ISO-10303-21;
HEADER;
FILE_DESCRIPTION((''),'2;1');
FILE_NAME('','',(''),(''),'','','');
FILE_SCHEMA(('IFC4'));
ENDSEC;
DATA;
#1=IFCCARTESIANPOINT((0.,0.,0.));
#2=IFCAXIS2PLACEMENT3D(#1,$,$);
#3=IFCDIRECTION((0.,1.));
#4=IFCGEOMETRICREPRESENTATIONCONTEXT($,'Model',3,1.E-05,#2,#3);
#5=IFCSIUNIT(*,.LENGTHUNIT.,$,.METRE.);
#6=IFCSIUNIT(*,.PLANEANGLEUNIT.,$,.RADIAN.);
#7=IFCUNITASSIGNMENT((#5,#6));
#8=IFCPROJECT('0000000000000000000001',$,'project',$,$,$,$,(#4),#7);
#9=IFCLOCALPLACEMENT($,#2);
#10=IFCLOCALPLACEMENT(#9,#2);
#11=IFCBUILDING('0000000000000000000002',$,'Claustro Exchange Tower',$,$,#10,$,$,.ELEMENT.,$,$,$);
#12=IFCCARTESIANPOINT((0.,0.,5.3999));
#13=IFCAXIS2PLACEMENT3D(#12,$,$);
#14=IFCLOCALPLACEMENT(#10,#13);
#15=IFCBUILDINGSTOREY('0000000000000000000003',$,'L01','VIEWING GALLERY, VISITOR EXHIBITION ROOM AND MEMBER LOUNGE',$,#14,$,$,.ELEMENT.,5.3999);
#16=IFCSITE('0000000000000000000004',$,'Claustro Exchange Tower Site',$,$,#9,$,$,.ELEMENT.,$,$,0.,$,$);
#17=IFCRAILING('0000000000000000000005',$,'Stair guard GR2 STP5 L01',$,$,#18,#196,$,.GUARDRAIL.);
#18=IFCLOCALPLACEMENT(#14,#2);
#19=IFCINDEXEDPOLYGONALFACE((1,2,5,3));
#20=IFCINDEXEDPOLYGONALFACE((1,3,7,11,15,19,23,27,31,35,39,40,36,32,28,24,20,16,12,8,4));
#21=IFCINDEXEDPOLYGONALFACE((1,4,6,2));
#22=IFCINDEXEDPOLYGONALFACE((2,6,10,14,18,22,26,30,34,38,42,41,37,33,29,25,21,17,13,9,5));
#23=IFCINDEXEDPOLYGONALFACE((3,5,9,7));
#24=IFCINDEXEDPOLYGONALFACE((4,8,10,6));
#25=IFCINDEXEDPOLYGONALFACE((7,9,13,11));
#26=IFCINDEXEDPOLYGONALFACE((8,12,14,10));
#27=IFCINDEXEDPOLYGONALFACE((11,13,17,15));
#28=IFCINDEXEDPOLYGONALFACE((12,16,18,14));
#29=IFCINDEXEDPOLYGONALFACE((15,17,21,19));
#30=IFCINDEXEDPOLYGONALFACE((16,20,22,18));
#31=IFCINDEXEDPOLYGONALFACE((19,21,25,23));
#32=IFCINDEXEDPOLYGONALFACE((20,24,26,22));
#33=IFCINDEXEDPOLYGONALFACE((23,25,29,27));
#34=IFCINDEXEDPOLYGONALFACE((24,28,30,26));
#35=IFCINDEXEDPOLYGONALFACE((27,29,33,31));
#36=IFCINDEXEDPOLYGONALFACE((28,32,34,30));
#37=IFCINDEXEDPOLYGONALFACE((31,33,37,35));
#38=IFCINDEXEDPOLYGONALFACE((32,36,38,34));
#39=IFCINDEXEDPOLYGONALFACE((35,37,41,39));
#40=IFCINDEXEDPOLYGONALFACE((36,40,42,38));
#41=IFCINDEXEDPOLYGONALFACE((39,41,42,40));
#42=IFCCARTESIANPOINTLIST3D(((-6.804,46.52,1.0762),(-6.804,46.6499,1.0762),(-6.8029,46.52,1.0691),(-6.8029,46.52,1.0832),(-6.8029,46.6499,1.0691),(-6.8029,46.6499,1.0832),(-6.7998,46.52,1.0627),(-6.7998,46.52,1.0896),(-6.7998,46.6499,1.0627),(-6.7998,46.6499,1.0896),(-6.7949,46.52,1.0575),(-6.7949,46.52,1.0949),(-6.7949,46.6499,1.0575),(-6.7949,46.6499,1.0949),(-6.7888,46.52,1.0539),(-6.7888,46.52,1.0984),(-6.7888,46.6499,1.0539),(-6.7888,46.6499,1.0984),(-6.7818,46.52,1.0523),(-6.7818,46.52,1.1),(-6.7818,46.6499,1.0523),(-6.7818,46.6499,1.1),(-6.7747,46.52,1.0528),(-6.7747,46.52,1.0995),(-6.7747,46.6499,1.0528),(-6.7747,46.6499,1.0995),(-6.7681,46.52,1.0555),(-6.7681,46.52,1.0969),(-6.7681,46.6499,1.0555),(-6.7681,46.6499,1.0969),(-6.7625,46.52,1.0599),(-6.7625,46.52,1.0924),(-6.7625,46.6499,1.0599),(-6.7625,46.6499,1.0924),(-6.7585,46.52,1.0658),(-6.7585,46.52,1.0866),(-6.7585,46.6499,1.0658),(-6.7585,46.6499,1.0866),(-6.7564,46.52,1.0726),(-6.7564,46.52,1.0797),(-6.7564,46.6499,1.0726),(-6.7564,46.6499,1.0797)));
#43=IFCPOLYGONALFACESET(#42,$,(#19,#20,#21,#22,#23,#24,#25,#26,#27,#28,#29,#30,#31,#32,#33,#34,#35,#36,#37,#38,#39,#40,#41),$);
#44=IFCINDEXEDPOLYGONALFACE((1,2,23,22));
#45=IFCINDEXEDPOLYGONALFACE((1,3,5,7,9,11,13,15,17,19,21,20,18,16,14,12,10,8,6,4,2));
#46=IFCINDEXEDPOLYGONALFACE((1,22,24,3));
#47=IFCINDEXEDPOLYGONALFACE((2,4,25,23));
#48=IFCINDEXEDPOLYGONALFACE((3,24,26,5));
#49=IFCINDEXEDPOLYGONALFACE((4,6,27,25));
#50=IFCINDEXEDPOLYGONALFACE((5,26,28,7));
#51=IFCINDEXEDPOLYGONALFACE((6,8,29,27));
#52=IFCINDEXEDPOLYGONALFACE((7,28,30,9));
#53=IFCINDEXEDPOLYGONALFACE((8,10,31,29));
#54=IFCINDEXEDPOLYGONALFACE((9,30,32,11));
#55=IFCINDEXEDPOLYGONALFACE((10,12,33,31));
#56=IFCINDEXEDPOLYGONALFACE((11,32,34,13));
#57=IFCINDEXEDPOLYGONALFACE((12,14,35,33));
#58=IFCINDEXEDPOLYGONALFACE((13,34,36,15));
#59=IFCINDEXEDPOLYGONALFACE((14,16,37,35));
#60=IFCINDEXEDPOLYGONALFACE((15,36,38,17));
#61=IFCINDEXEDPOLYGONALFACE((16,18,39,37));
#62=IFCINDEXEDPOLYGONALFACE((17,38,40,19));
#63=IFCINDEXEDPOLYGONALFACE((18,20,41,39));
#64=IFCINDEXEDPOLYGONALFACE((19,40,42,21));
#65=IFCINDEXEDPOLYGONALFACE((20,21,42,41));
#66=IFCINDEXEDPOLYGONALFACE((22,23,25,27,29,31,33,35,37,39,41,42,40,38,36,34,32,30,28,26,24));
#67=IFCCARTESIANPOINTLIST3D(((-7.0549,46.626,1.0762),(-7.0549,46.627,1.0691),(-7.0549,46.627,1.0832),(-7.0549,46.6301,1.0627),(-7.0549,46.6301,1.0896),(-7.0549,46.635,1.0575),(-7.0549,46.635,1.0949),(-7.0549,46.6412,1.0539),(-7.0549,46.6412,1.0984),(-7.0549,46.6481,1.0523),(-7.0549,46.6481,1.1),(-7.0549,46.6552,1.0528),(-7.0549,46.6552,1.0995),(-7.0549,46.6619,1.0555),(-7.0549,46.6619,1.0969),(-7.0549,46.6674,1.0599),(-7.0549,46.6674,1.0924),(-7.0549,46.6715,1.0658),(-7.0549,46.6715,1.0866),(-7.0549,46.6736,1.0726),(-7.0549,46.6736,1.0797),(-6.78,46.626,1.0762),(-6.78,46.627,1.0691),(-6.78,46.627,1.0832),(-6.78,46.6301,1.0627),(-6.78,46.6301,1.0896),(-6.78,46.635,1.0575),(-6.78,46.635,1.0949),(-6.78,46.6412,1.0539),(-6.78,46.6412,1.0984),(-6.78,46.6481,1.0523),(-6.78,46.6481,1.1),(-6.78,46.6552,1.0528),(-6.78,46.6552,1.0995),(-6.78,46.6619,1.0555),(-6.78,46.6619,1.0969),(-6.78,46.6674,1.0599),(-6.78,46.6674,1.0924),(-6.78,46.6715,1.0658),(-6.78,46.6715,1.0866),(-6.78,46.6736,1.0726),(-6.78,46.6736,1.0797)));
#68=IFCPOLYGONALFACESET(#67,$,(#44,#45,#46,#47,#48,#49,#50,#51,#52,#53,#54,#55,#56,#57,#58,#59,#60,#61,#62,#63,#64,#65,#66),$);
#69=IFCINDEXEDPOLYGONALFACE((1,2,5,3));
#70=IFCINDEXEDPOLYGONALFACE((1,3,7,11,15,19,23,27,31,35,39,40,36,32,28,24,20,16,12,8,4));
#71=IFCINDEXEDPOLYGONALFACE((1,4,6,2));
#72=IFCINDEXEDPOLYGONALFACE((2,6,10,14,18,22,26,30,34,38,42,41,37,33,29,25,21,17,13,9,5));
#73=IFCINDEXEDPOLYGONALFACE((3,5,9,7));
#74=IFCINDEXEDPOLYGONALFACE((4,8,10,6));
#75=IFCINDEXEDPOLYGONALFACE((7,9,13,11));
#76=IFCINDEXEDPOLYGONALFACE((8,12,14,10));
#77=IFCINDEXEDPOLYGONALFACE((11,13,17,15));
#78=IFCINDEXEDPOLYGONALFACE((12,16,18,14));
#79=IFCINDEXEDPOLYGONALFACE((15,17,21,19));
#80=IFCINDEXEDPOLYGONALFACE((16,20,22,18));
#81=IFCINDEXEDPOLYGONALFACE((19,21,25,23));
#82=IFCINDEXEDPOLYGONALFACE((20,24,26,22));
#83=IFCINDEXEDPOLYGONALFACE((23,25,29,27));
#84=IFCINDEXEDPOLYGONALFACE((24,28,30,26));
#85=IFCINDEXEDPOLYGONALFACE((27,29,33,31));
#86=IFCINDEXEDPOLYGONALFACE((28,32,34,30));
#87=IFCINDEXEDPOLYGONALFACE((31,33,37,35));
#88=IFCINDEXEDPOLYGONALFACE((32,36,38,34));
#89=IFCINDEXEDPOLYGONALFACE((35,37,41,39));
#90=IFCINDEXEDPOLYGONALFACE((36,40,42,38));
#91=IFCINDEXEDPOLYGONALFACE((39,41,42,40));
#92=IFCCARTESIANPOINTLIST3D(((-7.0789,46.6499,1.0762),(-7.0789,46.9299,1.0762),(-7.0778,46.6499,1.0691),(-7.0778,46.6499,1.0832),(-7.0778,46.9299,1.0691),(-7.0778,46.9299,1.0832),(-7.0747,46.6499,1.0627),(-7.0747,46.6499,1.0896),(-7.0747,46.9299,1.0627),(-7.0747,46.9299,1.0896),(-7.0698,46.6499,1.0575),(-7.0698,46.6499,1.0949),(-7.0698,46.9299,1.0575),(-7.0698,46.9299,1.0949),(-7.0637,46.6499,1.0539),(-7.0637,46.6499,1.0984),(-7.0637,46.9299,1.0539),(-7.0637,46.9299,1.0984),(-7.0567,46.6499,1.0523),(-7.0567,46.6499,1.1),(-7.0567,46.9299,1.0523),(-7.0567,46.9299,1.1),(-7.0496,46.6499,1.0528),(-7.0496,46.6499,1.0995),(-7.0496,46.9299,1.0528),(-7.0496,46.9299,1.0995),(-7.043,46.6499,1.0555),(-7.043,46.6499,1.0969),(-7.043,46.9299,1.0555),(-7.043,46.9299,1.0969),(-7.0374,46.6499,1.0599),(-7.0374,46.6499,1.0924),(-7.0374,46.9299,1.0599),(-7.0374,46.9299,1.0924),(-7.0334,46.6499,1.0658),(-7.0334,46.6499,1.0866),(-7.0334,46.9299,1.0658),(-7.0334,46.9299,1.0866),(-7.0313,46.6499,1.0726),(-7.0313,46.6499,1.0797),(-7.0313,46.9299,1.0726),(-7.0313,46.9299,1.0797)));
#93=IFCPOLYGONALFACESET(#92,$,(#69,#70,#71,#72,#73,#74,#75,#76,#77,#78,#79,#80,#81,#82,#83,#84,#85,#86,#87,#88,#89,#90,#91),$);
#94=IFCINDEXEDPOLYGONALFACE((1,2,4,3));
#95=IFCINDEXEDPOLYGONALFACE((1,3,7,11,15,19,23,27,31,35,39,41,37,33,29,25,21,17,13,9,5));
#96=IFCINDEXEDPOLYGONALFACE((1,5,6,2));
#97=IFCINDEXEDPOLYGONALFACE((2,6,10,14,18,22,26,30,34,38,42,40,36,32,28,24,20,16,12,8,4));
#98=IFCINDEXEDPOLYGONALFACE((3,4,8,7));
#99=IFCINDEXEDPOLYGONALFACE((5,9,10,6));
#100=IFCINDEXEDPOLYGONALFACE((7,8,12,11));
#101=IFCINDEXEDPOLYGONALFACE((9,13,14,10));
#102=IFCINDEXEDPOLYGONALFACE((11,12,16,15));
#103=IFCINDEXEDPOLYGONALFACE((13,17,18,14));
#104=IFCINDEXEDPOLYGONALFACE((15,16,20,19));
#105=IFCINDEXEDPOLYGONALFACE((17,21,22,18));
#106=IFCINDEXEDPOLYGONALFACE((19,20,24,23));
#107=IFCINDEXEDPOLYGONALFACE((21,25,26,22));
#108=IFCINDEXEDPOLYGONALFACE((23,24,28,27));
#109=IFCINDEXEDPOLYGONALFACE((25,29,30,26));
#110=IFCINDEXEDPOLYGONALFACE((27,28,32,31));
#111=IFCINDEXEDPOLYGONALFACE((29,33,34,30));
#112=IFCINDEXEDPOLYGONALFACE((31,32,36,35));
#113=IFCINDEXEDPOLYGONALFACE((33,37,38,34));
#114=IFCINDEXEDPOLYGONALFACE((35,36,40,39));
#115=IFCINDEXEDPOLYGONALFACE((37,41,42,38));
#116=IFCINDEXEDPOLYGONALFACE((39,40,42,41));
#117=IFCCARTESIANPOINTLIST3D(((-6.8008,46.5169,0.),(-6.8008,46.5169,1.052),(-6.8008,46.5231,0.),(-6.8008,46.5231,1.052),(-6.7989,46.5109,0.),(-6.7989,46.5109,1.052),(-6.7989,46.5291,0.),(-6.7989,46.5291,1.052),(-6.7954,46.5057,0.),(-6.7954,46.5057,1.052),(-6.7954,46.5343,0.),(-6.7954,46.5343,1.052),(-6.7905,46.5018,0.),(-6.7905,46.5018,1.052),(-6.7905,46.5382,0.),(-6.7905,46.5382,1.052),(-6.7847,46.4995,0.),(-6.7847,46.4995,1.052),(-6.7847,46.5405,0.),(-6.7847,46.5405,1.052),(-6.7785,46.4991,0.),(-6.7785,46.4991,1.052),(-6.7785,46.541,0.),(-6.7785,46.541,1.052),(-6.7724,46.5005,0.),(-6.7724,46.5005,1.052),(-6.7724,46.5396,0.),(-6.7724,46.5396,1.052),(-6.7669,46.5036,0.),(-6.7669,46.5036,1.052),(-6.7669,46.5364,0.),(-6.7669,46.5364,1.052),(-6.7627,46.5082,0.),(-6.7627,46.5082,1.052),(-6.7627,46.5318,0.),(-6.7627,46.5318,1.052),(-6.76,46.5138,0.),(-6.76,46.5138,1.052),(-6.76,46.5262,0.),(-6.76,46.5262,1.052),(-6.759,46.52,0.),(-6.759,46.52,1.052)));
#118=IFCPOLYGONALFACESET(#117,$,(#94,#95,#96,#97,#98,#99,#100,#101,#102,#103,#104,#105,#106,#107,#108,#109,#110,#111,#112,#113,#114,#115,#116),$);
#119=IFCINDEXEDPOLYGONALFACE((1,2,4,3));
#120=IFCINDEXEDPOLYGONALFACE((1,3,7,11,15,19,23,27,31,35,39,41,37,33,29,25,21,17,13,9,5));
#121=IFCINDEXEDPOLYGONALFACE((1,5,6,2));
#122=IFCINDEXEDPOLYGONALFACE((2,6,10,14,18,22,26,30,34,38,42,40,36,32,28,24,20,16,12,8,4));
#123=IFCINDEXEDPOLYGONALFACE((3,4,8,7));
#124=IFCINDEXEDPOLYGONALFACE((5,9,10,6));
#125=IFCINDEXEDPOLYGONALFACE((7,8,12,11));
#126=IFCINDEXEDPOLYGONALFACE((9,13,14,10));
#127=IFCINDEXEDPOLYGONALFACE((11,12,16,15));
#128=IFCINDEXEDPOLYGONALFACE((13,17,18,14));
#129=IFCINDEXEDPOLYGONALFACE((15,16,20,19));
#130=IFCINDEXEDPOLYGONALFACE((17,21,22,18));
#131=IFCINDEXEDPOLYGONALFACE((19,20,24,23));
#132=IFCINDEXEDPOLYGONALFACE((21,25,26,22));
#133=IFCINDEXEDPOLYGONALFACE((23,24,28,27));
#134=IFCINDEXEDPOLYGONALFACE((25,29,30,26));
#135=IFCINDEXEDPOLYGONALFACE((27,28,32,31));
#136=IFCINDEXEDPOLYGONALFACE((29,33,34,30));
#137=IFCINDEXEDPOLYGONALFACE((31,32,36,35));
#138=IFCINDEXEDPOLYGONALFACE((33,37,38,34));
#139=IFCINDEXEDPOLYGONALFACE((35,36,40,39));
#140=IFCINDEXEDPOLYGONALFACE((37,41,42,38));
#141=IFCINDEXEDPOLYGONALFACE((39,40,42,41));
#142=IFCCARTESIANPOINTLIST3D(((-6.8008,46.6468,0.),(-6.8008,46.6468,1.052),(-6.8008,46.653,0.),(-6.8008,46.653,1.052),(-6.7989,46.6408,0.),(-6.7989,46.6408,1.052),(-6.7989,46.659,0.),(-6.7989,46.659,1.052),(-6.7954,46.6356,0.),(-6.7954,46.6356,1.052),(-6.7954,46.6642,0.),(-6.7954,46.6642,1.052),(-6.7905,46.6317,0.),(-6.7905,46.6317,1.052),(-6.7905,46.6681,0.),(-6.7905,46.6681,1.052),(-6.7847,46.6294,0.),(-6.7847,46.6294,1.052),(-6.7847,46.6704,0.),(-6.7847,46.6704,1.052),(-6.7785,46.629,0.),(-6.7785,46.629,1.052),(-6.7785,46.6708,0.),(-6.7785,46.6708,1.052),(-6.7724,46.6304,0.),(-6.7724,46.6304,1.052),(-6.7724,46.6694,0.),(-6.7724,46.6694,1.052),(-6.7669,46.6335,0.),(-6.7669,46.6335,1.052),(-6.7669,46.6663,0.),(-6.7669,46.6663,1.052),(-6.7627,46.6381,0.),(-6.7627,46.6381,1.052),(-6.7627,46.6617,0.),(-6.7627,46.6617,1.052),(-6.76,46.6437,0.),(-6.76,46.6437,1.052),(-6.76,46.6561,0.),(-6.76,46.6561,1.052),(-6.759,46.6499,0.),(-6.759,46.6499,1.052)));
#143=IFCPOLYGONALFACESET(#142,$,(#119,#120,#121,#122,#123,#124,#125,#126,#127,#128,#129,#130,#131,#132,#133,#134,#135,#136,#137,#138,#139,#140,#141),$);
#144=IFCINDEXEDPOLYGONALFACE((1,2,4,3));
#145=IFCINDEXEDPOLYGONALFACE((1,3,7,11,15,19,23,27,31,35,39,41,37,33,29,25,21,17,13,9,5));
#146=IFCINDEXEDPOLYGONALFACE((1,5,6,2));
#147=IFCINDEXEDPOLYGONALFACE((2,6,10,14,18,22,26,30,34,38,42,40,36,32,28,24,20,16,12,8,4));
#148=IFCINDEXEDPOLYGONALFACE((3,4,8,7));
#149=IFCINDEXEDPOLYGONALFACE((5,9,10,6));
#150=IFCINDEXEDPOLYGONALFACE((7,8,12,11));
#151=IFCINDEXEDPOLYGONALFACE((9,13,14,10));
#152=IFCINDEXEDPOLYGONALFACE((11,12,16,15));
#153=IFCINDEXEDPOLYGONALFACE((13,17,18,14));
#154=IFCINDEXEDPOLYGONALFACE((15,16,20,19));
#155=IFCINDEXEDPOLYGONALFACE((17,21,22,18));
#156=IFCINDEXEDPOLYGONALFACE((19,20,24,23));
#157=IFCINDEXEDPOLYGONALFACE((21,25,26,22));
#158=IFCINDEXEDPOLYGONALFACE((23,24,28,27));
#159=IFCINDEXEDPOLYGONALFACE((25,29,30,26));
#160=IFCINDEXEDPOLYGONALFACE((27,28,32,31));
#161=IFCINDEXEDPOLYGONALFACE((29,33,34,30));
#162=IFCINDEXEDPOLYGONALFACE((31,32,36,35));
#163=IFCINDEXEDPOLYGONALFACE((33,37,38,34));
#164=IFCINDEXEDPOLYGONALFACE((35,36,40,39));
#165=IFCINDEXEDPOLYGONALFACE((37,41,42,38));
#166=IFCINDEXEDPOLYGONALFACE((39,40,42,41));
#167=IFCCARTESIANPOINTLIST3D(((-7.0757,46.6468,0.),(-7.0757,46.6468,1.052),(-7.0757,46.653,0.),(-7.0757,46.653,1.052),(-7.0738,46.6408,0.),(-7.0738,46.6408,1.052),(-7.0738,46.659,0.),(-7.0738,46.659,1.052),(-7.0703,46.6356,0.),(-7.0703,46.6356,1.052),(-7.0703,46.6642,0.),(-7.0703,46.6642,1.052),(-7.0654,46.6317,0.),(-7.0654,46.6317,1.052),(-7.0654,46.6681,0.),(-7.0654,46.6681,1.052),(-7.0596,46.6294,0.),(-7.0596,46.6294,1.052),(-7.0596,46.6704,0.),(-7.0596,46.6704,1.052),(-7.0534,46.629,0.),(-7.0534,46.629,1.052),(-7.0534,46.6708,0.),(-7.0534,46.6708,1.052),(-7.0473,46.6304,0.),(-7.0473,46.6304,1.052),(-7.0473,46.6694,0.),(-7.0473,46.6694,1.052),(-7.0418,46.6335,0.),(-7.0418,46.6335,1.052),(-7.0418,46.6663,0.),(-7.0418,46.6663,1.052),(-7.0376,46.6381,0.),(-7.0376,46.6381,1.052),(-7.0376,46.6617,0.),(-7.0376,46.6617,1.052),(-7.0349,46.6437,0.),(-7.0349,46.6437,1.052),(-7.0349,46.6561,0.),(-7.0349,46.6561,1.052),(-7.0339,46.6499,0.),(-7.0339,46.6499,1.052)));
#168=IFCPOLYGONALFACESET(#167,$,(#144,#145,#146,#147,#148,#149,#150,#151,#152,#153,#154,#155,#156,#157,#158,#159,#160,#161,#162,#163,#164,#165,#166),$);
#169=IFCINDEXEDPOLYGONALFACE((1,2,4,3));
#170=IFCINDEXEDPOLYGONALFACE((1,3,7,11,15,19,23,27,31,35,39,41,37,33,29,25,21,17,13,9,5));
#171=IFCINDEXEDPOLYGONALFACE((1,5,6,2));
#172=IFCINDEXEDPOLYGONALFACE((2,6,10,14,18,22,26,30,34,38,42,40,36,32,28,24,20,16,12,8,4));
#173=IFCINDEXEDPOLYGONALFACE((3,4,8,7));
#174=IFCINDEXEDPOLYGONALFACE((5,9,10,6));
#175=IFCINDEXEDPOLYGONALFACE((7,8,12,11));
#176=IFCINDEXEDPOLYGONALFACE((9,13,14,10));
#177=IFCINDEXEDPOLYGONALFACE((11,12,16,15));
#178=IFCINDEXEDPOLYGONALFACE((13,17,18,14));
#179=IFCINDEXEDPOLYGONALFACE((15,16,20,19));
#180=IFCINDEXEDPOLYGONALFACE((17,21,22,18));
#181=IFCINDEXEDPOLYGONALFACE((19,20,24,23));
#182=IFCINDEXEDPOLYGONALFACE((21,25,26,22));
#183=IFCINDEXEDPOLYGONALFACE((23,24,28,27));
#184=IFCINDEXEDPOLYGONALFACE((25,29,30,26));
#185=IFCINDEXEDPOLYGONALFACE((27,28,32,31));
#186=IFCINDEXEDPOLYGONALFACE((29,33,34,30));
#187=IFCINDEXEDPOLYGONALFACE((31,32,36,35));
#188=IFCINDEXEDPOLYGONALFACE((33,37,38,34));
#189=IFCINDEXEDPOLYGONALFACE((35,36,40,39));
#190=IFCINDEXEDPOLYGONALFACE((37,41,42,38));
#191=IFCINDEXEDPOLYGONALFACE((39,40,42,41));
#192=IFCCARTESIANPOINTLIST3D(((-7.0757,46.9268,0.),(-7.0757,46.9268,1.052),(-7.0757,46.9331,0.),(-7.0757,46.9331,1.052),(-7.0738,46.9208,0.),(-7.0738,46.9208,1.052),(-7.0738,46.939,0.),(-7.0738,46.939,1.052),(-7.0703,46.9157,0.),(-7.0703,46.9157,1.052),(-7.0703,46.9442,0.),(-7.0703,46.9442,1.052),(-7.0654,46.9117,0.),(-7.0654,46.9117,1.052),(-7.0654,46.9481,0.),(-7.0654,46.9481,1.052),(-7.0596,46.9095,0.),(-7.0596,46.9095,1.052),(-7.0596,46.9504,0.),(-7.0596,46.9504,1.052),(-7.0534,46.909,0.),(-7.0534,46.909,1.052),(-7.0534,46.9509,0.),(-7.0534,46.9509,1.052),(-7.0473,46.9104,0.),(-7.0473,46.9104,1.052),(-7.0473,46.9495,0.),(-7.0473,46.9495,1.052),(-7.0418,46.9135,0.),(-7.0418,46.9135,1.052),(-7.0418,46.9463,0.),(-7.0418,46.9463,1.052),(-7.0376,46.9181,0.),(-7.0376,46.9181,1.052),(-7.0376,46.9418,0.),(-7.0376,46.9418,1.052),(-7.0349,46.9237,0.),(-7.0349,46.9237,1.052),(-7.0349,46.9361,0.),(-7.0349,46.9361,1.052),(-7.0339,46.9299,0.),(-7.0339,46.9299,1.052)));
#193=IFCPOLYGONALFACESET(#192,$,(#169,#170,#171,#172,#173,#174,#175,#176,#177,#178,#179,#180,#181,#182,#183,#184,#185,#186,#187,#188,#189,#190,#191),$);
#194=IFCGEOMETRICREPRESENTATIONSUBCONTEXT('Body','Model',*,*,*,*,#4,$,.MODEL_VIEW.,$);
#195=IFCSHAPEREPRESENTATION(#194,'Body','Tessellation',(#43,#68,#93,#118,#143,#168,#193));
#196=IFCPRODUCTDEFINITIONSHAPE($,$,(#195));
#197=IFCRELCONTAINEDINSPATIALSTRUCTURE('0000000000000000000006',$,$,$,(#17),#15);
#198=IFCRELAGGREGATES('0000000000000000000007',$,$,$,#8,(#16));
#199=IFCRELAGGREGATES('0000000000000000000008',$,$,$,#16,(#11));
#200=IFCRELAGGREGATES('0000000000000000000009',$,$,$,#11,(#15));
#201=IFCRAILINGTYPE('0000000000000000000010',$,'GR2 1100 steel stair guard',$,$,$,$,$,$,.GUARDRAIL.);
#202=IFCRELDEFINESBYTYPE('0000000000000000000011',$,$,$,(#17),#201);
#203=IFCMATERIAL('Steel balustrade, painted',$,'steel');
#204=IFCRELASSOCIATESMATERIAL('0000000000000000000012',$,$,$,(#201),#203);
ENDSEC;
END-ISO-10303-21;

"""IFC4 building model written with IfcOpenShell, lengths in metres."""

from ifc_helpers import new_model, si_unit, direction, frame, origin, origin_2d, place, context, subcontext, project, spatial, circle, extrude, material, type_object, element, save


model = new_model("IFC4")

# Units and contexts
model_context = context("Model", 3, precision=1e-05, world=origin(), true_north=direction((0.0, 1.0)))
body_context = subcontext(model_context, "Body", "Model", "MODEL_VIEW")
ifc_project = project(units=[si_unit("LENGTHUNIT", "METRE"), si_unit("PLANEANGLEUNIT", "RADIAN")], contexts=[model_context])

# Site, building, storey
site_placement = place(None, origin())
site = spatial("IfcSite", under=ifc_project, at=site_placement, Name="Claustro Exchange Tower Site", CompositionType="ELEMENT", RefElevation=0.0)
building_placement = place(site_placement, origin())
building = spatial("IfcBuilding", under=site, at=building_placement, Name="Claustro Exchange Tower", CompositionType="ELEMENT")
storey_placement = place(building_placement, frame((0.0, 0.0, 5.3999)))
storey = spatial("IfcBuildingStorey", under=building, at=storey_placement, Name="L01", Description="VIEWING GALLERY, VISITOR EXHIBITION ROOM AND MEMBER LOUNGE", CompositionType="ELEMENT", Elevation=5.3999)

# Railing
ifc_material_1 = material(Name="Steel balustrade, painted", Category="steel")
railing_type_1 = type_object("IfcRailingType", Name="GR2 1100 steel stair guard", PredefinedType="GUARDRAIL", material=ifc_material_1)
railing_1_placement = place(storey_placement, frame((-6.78, 46.52, 0.0)))
element("IfcRailing", 1, at=railing_1_placement, inside=storey, type_object=railing_type_1, Name="Stair guard GR2 STP5 L01", PredefinedType="GUARDRAIL", context=body_context, shape_type="SweptSolid", body=[
    extrude(circle(Radius=0.0239, at=origin_2d()), frame((0.0, 0.0, 1.0762), z_axis=(0.0, 1.0, 0.0), x_axis=(-1.0, 0.0, 0.0)), (0.0, 0.0, 1.0), 0.1299),
    extrude(circle(Radius=0.0239, at=origin_2d()), frame((0.0, 0.1299, 1.0762), z_axis=(-1.0, 0.0, 0.0), x_axis=(0.0, -1.0, 0.0)), (0.0, 0.0, 1.0), 0.2749),
    extrude(circle(Radius=0.0239, at=origin_2d()), frame((-0.2749, 0.1299, 1.0762), z_axis=(0.0, 1.0, 0.0), x_axis=(-1.0, 0.0, 0.0)), (0.0, 0.0, 1.0), 0.28),
    extrude(circle(Radius=0.021, at=origin_2d()), origin(), (0.0, 0.0, 1.0), 1.052),
    extrude(circle(Radius=0.021, at=origin_2d()), frame((0.0, 0.1299, 0.0)), (0.0, 0.0, 1.0), 1.052),
    extrude(circle(Radius=0.021, at=origin_2d()), frame((-0.2749, 0.1299, 0.0)), (0.0, 0.0, 1.0), 1.052),
    extrude(circle(Radius=0.021, at=origin_2d()), frame((-0.2749, 0.4099, 0.0)), (0.0, 0.0, 1.0), 1.052),
])

save(model, "model.ifc")
